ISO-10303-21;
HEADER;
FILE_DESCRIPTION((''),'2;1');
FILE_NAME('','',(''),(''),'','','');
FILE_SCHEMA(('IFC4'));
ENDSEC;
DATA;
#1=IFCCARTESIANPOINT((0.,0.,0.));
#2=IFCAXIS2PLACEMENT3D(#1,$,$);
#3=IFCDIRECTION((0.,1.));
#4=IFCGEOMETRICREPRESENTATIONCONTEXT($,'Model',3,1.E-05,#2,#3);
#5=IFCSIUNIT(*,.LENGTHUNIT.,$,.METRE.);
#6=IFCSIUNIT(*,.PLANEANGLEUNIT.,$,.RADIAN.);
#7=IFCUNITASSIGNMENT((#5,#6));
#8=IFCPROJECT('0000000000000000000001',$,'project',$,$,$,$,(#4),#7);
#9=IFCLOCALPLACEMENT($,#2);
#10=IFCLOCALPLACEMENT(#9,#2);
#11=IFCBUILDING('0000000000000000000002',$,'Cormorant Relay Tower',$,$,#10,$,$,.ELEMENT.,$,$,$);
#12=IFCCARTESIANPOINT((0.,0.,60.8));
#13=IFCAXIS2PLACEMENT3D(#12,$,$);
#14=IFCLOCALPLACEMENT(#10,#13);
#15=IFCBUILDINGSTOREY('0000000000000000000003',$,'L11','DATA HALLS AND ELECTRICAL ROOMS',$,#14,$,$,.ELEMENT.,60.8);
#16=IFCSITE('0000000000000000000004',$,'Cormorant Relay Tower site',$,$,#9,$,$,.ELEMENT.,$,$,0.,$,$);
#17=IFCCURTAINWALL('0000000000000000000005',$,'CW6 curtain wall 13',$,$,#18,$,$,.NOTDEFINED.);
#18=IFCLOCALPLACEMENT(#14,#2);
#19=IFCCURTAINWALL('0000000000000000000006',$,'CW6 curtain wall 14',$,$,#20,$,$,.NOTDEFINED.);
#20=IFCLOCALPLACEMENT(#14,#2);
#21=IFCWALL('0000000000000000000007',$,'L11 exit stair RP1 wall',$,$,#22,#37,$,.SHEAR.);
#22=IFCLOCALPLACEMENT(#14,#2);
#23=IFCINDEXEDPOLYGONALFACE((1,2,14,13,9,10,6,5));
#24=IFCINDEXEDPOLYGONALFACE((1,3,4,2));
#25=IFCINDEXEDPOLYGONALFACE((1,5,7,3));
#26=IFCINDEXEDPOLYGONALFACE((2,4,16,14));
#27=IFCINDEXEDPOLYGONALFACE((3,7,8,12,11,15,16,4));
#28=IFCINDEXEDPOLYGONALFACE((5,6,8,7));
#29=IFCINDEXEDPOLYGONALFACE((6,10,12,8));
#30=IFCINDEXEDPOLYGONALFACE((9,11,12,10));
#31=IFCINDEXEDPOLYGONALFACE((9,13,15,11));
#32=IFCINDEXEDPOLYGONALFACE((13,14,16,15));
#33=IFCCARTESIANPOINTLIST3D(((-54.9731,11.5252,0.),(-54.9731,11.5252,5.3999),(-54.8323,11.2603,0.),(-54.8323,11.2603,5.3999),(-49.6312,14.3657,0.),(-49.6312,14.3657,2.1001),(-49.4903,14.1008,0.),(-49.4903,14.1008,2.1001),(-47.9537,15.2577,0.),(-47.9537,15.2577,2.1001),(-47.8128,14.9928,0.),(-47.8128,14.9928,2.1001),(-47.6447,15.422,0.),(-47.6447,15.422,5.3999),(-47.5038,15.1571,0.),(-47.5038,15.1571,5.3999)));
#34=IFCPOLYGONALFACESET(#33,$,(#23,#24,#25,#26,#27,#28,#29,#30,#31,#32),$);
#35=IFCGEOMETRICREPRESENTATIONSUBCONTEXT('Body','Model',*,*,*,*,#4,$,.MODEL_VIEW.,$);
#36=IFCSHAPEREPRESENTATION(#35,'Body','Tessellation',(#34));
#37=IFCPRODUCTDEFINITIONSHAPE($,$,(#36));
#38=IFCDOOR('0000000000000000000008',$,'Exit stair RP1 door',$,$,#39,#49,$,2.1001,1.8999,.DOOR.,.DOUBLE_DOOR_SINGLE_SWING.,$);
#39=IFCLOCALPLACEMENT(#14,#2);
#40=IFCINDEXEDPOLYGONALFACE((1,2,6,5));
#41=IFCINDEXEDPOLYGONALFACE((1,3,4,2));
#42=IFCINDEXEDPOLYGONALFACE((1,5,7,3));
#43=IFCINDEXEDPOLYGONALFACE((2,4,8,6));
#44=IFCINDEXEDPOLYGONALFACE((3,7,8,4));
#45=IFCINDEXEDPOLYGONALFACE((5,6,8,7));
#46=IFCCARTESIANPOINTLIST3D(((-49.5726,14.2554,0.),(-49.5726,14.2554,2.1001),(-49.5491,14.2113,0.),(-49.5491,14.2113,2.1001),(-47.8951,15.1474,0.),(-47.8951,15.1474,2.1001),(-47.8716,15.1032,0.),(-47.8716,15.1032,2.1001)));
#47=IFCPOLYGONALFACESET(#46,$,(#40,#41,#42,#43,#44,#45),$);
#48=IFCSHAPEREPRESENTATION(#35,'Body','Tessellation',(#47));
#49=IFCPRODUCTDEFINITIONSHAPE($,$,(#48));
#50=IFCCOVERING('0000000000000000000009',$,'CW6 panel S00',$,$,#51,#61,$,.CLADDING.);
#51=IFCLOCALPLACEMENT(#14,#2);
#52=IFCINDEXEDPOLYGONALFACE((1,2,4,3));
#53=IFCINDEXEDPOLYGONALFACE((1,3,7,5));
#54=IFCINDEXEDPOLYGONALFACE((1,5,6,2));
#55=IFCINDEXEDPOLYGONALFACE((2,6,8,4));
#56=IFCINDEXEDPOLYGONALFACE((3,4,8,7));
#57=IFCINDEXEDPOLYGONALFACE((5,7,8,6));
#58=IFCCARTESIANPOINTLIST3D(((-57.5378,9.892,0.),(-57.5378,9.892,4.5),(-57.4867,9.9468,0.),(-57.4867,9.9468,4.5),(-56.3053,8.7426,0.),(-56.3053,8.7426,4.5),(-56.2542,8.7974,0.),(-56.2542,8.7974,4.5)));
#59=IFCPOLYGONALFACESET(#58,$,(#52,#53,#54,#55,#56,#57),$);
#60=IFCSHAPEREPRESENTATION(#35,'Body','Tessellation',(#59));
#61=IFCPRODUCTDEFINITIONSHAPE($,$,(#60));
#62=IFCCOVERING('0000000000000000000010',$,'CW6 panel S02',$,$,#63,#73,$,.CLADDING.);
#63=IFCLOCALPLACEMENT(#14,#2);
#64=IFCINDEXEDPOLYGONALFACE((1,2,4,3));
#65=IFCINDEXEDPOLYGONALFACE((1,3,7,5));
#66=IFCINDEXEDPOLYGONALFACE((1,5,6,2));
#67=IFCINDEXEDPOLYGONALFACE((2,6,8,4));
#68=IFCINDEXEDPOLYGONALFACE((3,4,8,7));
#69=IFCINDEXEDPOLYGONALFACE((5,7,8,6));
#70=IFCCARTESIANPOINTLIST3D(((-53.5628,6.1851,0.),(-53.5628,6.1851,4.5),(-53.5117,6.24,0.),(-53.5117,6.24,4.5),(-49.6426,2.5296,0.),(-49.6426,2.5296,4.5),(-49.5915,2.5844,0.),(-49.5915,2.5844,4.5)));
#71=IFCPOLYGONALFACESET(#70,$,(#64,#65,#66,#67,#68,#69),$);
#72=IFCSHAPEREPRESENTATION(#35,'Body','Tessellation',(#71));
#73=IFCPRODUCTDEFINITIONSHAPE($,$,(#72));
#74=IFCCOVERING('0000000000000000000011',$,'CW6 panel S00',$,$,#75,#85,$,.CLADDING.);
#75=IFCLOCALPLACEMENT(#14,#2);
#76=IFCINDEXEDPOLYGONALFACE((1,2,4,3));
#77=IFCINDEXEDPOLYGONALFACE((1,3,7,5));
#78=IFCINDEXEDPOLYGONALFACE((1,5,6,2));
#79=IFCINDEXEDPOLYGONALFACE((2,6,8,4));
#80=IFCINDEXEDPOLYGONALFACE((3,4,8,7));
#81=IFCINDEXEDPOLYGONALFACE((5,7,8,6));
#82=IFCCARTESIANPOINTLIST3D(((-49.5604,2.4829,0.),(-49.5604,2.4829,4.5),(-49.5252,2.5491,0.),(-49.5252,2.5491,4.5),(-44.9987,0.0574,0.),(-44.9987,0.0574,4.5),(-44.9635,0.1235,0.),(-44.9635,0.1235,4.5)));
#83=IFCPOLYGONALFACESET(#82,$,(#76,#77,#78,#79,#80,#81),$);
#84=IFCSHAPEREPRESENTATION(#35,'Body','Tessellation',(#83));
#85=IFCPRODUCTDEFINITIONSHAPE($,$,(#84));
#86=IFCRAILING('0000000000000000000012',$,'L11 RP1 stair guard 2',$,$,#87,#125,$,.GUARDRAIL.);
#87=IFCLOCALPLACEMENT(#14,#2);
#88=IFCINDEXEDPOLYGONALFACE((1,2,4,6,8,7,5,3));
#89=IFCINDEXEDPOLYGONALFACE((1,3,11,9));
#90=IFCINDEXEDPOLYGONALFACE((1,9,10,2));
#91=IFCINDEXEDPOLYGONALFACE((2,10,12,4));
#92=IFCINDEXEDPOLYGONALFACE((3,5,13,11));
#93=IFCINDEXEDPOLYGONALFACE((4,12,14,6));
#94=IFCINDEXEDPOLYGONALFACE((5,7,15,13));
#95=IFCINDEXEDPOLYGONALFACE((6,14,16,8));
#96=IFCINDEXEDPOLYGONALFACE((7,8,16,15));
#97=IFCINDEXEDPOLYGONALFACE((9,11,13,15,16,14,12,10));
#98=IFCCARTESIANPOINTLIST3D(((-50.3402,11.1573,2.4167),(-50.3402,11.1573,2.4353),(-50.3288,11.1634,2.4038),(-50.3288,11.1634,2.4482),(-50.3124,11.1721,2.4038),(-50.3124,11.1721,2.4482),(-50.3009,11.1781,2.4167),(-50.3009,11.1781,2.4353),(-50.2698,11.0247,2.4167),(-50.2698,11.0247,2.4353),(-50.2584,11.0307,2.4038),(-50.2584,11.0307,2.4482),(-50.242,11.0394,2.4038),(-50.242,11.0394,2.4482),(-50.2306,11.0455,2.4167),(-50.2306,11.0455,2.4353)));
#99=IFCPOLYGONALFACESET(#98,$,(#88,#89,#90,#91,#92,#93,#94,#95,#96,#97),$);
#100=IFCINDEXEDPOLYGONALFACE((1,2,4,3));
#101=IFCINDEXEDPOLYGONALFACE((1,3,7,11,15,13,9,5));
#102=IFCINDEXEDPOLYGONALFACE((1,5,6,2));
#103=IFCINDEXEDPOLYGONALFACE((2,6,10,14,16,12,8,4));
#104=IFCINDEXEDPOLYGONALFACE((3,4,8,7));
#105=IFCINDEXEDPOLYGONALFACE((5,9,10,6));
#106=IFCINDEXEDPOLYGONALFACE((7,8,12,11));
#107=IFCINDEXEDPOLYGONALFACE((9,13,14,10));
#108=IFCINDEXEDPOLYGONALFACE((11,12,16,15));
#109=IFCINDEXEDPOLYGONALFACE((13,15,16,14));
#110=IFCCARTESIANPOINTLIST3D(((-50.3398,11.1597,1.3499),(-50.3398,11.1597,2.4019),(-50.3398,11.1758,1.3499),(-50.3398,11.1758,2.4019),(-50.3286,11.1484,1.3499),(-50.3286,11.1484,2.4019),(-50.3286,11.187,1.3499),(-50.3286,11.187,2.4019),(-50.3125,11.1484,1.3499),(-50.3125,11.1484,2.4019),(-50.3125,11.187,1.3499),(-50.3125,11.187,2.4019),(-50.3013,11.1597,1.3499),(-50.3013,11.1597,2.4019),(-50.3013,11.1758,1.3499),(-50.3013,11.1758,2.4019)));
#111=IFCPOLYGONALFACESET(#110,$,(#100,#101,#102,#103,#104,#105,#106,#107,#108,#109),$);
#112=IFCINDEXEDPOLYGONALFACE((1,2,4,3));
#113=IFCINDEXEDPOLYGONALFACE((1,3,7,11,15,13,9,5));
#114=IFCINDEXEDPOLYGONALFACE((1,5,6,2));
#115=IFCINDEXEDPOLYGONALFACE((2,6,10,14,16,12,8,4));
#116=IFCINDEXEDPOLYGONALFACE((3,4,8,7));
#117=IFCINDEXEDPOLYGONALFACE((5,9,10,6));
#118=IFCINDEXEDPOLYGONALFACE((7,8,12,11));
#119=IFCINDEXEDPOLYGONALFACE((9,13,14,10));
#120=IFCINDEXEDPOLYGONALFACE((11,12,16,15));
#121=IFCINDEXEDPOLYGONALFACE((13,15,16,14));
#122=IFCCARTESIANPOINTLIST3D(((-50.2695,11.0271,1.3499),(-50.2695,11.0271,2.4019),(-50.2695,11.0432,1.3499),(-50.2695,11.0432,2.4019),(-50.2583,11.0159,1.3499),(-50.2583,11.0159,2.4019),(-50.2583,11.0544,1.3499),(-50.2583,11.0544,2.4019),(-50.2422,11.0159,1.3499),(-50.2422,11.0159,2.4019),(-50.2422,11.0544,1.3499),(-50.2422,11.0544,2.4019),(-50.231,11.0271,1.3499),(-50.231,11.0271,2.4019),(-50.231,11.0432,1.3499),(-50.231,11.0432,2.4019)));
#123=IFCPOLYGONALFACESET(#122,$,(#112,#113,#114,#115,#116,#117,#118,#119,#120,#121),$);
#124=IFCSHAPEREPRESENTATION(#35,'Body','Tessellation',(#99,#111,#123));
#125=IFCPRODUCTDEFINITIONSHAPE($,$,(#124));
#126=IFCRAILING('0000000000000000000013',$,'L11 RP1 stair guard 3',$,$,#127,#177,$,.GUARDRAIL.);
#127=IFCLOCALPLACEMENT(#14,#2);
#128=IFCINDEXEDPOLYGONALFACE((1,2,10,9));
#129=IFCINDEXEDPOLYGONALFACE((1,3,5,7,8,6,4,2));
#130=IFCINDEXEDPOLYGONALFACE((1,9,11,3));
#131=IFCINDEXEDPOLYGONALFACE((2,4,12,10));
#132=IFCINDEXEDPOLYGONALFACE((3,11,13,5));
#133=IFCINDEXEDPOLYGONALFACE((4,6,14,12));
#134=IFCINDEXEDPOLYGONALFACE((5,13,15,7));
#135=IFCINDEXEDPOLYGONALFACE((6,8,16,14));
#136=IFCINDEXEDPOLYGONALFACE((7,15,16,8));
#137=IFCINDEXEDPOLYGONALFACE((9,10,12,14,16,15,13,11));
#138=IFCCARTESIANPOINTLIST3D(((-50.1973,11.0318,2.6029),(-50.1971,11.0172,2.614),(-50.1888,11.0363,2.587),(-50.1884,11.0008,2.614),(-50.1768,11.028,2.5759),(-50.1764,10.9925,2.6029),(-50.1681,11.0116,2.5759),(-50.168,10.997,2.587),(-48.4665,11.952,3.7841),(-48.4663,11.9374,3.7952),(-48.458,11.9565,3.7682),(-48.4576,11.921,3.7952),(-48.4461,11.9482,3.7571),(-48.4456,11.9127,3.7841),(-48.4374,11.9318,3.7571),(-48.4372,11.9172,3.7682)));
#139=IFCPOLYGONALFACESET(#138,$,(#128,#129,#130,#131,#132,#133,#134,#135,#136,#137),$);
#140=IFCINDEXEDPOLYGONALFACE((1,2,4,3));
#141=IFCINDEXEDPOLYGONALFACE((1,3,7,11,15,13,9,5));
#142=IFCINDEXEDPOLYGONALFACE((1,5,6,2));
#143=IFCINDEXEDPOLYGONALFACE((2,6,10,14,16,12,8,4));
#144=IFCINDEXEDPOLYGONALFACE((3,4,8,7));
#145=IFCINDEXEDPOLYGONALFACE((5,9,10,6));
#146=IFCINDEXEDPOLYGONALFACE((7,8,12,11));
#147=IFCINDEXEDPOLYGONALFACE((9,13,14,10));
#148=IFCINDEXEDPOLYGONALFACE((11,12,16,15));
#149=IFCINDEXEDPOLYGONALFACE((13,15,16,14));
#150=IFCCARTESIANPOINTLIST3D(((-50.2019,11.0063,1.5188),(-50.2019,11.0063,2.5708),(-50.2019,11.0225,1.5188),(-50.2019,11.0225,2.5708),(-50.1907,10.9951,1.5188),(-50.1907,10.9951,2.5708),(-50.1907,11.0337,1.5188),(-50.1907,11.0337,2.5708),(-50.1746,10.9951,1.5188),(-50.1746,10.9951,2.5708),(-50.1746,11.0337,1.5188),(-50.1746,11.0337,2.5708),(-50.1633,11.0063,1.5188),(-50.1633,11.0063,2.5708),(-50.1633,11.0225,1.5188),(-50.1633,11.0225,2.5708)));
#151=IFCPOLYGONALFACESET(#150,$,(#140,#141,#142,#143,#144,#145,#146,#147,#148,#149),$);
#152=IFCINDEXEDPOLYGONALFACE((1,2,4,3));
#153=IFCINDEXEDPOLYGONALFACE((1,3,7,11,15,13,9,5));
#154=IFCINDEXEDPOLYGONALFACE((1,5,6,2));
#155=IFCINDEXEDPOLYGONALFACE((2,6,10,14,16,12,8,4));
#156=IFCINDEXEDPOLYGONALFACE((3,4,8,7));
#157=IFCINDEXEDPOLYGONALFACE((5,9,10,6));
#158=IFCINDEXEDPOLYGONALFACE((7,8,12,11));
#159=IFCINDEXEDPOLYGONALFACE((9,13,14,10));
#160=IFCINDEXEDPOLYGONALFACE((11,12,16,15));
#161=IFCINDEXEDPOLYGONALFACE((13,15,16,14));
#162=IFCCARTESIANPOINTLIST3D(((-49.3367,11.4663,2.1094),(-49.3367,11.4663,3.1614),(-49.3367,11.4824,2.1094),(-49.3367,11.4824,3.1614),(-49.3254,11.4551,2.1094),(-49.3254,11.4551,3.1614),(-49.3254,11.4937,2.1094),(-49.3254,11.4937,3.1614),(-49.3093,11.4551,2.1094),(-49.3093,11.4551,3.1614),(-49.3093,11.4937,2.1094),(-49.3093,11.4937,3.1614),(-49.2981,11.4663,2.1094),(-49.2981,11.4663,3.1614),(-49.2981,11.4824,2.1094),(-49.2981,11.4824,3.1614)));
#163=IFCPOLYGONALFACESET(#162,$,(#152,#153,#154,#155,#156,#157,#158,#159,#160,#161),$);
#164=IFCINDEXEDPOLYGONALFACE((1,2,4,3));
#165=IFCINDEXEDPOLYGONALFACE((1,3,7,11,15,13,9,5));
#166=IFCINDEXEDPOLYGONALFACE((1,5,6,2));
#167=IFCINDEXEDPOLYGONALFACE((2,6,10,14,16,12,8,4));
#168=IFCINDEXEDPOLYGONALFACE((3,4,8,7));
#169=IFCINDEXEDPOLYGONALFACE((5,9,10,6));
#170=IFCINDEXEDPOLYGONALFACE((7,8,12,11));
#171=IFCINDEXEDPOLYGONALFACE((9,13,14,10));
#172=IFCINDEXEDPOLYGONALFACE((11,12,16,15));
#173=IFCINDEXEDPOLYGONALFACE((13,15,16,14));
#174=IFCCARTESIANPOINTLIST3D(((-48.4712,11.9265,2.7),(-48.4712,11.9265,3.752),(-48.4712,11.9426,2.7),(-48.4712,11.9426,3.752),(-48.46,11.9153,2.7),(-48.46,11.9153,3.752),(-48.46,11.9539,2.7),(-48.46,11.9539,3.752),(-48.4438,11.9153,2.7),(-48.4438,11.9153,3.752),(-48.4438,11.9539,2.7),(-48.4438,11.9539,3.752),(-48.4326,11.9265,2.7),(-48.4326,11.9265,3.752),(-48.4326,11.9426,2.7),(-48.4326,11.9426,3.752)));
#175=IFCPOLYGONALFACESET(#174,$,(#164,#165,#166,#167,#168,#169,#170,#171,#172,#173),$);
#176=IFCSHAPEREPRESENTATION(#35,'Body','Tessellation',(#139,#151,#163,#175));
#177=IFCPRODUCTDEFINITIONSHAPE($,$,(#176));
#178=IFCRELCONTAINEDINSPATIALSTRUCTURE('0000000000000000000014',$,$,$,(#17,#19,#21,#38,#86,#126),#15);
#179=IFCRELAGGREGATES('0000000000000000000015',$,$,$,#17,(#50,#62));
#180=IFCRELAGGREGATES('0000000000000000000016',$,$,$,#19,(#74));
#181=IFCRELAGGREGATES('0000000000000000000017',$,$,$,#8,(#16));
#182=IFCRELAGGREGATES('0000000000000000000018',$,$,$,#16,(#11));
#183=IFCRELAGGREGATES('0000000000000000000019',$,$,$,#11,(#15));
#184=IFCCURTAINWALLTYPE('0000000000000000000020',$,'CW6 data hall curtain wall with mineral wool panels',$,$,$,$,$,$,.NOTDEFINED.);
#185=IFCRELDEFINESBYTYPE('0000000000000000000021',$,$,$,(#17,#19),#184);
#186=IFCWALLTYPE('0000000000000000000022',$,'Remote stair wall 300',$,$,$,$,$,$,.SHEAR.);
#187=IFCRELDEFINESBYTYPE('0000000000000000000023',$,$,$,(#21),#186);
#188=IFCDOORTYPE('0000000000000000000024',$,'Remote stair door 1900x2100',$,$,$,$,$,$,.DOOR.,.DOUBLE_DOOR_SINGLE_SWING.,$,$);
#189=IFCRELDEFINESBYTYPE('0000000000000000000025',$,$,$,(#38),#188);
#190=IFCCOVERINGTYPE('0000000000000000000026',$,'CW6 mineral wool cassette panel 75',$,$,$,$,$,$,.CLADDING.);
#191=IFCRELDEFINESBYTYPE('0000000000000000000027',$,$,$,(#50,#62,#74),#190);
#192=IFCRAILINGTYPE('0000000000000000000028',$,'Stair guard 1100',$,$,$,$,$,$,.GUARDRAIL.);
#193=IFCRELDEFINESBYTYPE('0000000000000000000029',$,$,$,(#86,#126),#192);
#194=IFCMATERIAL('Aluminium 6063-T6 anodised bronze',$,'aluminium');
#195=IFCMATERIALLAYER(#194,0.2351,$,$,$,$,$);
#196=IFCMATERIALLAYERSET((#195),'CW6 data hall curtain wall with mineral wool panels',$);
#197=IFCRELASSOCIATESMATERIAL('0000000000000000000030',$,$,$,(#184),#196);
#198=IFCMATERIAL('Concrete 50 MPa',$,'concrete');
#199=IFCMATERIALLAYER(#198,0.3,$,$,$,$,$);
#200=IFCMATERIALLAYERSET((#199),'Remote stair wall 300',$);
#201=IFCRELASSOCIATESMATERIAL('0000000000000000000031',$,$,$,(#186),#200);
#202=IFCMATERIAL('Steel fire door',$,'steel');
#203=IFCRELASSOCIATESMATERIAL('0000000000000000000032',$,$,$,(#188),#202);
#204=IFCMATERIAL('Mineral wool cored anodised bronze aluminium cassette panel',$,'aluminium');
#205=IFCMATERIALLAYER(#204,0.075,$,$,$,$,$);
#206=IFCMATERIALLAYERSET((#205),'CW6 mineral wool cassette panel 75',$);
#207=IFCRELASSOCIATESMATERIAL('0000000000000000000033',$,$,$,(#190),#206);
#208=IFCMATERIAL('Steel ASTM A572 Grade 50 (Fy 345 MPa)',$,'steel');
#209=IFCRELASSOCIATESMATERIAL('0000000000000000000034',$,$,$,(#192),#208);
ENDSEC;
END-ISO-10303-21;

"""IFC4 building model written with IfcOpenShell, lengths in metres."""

from ifc_helpers import new_model, si_unit, direction, frame, frame_2d, origin, origin_2d, place, context, subcontext, project, spatial, polyline, rectangle, outline, extrude, material, layer, layer_set, type_object, element, fill, aggregate, save


model = new_model("IFC4")

# Units and contexts
model_context = context("Model", 3, precision=1e-05, world=origin(), true_north=direction((0.0, 1.0)))
body_context = subcontext(model_context, "Body", "Model", "MODEL_VIEW")
ifc_project = project(units=[si_unit("LENGTHUNIT", "METRE"), si_unit("PLANEANGLEUNIT", "RADIAN")], contexts=[model_context])

# Site, building, storey
site_placement = place(None, origin())
site = spatial("IfcSite", under=ifc_project, at=site_placement, Name="Cormorant Relay Tower site", CompositionType="ELEMENT", RefElevation=0.0)
building_placement = place(site_placement, origin())
building = spatial("IfcBuilding", under=site, at=building_placement, Name="Cormorant Relay Tower", CompositionType="ELEMENT")
storey_placement = place(building_placement, frame((0.0, 0.0, 60.8)))
storey = spatial("IfcBuildingStorey", under=building, at=storey_placement, Name="L11", Description="DATA HALLS AND ELECTRICAL ROOMS", CompositionType="ELEMENT", Elevation=60.8)

# Curtain wall
ifc_material_1 = material(Name="Aluminium 6063-T6 anodised bronze", Category="aluminium")
ifc_layer_1 = layer(ifc_material_1, 0.2351)
ifc_layer_set_1 = layer_set([ifc_layer_1], Name="CW6 data hall curtain wall with mineral wool panels")
curtain_wall_type = type_object("IfcCurtainWallType", Name="CW6 data hall curtain wall with mineral wool panels", PredefinedType="NOTDEFINED", material=ifc_layer_set_1)
curtain_wall_1_placement = place(storey_placement, origin())
curtain_wall_1 = element("IfcCurtainWall", 1, at=curtain_wall_1_placement, inside=storey, type_object=curtain_wall_type, Name="CW6 curtain wall 13", PredefinedType="NOTDEFINED")

# Curtain wall
curtain_wall_2_placement = place(storey_placement, origin())
curtain_wall_2 = element("IfcCurtainWall", 2, at=curtain_wall_2_placement, inside=storey, type_object=curtain_wall_type, Name="CW6 curtain wall 14", PredefinedType="NOTDEFINED")

# Shared definitions
ifc_material_2 = material(Name="Concrete 50 MPa", Category="concrete")
ifc_layer_2 = layer(ifc_material_2, 0.3)
ifc_layer_set_2 = layer_set([ifc_layer_2], Name="Remote stair wall 300")
wall_type_1 = type_object("IfcWallType", Name="Remote stair wall 300", PredefinedType="SHEAR", material=ifc_layer_set_2)

# Wall, opening, door
wall_1_placement = place(storey_placement, frame((-54.9026, 11.3928, 0.0), z_axis=(0.0, 0.0, 1.0), x_axis=(0.882939, 0.469487, 0.0)))
wall_1 = element("IfcWall", 3, at=wall_1_placement, inside=storey, type_object=wall_type_1, Name="L11 exit stair RP1 wall", PredefinedType="SHEAR", context=body_context, shape_type="SweptSolid", body=[
    extrude(rectangle(XDim=8.3, YDim=0.3, at=frame_2d((4.1499, 0.0))), origin(), (0.0, 0.0, 1.0), 5.3999),
])
opening_1_placement = place(wall_1_placement, frame((6.05, 0.0, 0.0)))
opening_1 = element("IfcOpeningElement", 4, at=opening_1_placement, cuts=wall_1, PredefinedType="OPENING", context=body_context, shape_type="SweptSolid", body=[
    extrude(rectangle(XDim=1.8999, YDim=2.1001, at=frame_2d((0.95, 1.05))), frame((0.0, 0.1599, 0.0), z_axis=(0.0, -1.0, 0.0), x_axis=(1.0, 0.0, 0.0)), (0.0, 0.0, 1.0), 0.3201),
])
ifc_material_3 = material(Name="Steel fire door", Category="steel")
door_type_1 = type_object("IfcDoorType", Name="Remote stair door 1900x2100", OperationType="DOUBLE_DOOR_SINGLE_SWING", PredefinedType="DOOR", material=ifc_material_3)
door_1_placement = place(opening_1_placement, frame((1.8999, 0.0, 0.0), z_axis=(0.0, 0.0, 1.0), x_axis=(-1.0, 0.0, 0.0)))
door_1 = element("IfcDoor", 5, at=door_1_placement, inside=storey, type_object=door_type_1, Name="Exit stair RP1 door", OperationType="DOUBLE_DOOR_SINGLE_SWING", OverallHeight=2.1001, OverallWidth=1.8999, PredefinedType="DOOR", context=body_context, shape_type="SweptSolid", body=[
    extrude(rectangle(XDim=1.8999, YDim=2.1001, at=frame_2d((0.95, 1.05))), frame((0.0, 0.0249, 0.0), z_axis=(0.0, -1.0, 0.0), x_axis=(1.0, 0.0, 0.0)), (0.0, 0.0, 1.0), 0.05),
])
fill(opening_1, door_1)

# Coverings
ifc_material_4 = material(Name="Mineral wool cored anodised bronze aluminium cassette panel", Category="aluminium")
ifc_layer_3 = layer(ifc_material_4, 0.075)
ifc_layer_set_3 = layer_set([ifc_layer_3], Name="CW6 mineral wool cassette panel 75")
covering_type = type_object("IfcCoveringType", Name="CW6 mineral wool cassette panel 75", PredefinedType="CLADDING", material=ifc_layer_set_3)
covering_1_placement = place(storey_placement, frame((-56.896, 9.3447, 0.0), z_axis=(0.0, 0.0, 1.0), x_axis=(0.731354, -0.681998, 0.0)))
covering_1 = element("IfcCovering", 6, at=covering_1_placement, type_object=covering_type, Name="CW6 panel S00", PredefinedType="CLADDING", context=body_context, shape_type="SweptSolid", body=[
    extrude(rectangle(XDim=1.6853, YDim=0.075, at=origin_2d()), origin(), (0.0, 0.0, 1.0), 4.5),
])
covering_2_placement = place(storey_placement, frame((-51.5771, 4.3848, 0.0), z_axis=(0.0, 0.0, 1.0), x_axis=(0.731354, -0.681998, 0.0)))
covering_2 = element("IfcCovering", 7, at=covering_2_placement, type_object=covering_type, Name="CW6 panel S02", PredefinedType="CLADDING", context=body_context, shape_type="SweptSolid", body=[
    extrude(rectangle(XDim=5.3601, YDim=0.075, at=origin_2d()), origin(), (0.0, 0.0, 1.0), 4.5),
])
aggregate(curtain_wall_1, [covering_1, covering_2])
covering_3_placement = place(storey_placement, frame((-47.262, 1.3032, 0.0), z_axis=(0.0, 0.0, 1.0), x_axis=(0.882948, -0.469472, 0.0)))
covering_3 = element("IfcCovering", 8, at=covering_3_placement, type_object=covering_type, Name="CW6 panel S00", PredefinedType="CLADDING", context=body_context, shape_type="SweptSolid", body=[
    extrude(rectangle(XDim=5.1665, YDim=0.075, at=origin_2d()), origin(), (0.0, 0.0, 1.0), 4.5),
])
aggregate(curtain_wall_2, [covering_3])

# Railings
ifc_material_5 = material(Name="Steel ASTM A572 Grade 50 (Fy 345 MPa)", Category="steel")
railing_type_1 = type_object("IfcRailingType", Name="Stair guard 1100", PredefinedType="GUARDRAIL", material=ifc_material_5)
railing_1_placement = place(storey_placement, frame((-50.3206, 11.1677, 1.3499)))
element("IfcRailing", 9, at=railing_1_placement, inside=storey, type_object=railing_type_1, Name="L11 RP1 stair guard 2", PredefinedType="GUARDRAIL", context=body_context, shape_type="SweptSolid", body=[
    extrude(outline(polyline([(0.0222, 0.0093), (0.0093, 0.0222), (-0.0093, 0.0222), (-0.0222, 0.0093), (-0.0222, -0.0093), (-0.0093, -0.0222), (0.0093, -0.0222), (0.0222, -0.0093), (0.0222, 0.0093)])), frame((0.0, 0.0, 1.0762), z_axis=(0.46856, -0.883431, 0.0), x_axis=(0.883431, 0.46856, 0.0)), (0.0, 0.0, 1.0), 0.1501),
    extrude(outline(polyline([(0.0193, 0.0081), (0.0081, 0.0193), (-0.0081, 0.0193), (-0.0193, 0.0081), (-0.0193, -0.0081), (-0.0081, -0.0193), (0.0081, -0.0193), (0.0193, -0.0081), (0.0193, 0.0081)])), origin(), (0.0, 0.0, 1.0), 1.052),
    extrude(outline(polyline([(0.0193, 0.0081), (0.0081, 0.0193), (-0.0081, 0.0193), (-0.0193, 0.0081), (-0.0193, -0.0081), (-0.0081, -0.0193), (0.0081, -0.0193), (0.0193, -0.0081), (0.0193, 0.0081)])), frame((0.0703, -0.1326, 0.0)), (0.0, 0.0, 1.0), 1.052),
])
railing_2_placement = place(storey_placement, frame((-50.1826, 11.0144, 1.5188)))
element("IfcRailing", 10, at=railing_2_placement, inside=storey, type_object=railing_type_1, Name="L11 RP1 stair guard 3", PredefinedType="GUARDRAIL", context=body_context, shape_type="SweptSolid", body=[
    extrude(outline(polyline([(0.0222, 0.0093), (0.0093, 0.0222), (-0.0093, 0.0222), (-0.0222, 0.0093), (-0.0222, -0.0093), (-0.0093, -0.0222), (0.0093, -0.0222), (0.0222, -0.0093), (0.0222, 0.0093)])), frame((0.0, 0.0, 1.0762), z_axis=(0.756268, 0.402084, 0.516127), x_axis=(-0.469444, 0.882962, 0.0)), (0.0, 0.0, 1.0), 2.2886),
    extrude(outline(polyline([(0.0193, 0.0081), (0.0081, 0.0193), (-0.0081, 0.0193), (-0.0193, 0.0081), (-0.0193, -0.0081), (-0.0081, -0.0193), (0.0081, -0.0193), (0.0193, -0.0081), (0.0193, 0.0081)])), origin(), (0.0, 0.0, 1.0), 1.052),
    extrude(outline(polyline([(0.0193, 0.0081), (0.0081, 0.0193), (-0.0081, 0.0193), (-0.0193, 0.0081), (-0.0193, -0.0081), (-0.0081, -0.0193), (0.0081, -0.0193), (0.0193, -0.0081), (0.0193, 0.0081)])), frame((0.8652, 0.46, 0.5906)), (0.0, 0.0, 1.0), 1.052),
    extrude(outline(polyline([(0.0193, 0.0081), (0.0081, 0.0193), (-0.0081, 0.0193), (-0.0193, 0.0081), (-0.0193, -0.0081), (-0.0081, -0.0193), (0.0081, -0.0193), (0.0193, -0.0081), (0.0193, 0.0081)])), frame((1.7307, 0.9202, 1.1812)), (0.0, 0.0, 1.0), 1.052),
])

save(model, "model.ifc")
